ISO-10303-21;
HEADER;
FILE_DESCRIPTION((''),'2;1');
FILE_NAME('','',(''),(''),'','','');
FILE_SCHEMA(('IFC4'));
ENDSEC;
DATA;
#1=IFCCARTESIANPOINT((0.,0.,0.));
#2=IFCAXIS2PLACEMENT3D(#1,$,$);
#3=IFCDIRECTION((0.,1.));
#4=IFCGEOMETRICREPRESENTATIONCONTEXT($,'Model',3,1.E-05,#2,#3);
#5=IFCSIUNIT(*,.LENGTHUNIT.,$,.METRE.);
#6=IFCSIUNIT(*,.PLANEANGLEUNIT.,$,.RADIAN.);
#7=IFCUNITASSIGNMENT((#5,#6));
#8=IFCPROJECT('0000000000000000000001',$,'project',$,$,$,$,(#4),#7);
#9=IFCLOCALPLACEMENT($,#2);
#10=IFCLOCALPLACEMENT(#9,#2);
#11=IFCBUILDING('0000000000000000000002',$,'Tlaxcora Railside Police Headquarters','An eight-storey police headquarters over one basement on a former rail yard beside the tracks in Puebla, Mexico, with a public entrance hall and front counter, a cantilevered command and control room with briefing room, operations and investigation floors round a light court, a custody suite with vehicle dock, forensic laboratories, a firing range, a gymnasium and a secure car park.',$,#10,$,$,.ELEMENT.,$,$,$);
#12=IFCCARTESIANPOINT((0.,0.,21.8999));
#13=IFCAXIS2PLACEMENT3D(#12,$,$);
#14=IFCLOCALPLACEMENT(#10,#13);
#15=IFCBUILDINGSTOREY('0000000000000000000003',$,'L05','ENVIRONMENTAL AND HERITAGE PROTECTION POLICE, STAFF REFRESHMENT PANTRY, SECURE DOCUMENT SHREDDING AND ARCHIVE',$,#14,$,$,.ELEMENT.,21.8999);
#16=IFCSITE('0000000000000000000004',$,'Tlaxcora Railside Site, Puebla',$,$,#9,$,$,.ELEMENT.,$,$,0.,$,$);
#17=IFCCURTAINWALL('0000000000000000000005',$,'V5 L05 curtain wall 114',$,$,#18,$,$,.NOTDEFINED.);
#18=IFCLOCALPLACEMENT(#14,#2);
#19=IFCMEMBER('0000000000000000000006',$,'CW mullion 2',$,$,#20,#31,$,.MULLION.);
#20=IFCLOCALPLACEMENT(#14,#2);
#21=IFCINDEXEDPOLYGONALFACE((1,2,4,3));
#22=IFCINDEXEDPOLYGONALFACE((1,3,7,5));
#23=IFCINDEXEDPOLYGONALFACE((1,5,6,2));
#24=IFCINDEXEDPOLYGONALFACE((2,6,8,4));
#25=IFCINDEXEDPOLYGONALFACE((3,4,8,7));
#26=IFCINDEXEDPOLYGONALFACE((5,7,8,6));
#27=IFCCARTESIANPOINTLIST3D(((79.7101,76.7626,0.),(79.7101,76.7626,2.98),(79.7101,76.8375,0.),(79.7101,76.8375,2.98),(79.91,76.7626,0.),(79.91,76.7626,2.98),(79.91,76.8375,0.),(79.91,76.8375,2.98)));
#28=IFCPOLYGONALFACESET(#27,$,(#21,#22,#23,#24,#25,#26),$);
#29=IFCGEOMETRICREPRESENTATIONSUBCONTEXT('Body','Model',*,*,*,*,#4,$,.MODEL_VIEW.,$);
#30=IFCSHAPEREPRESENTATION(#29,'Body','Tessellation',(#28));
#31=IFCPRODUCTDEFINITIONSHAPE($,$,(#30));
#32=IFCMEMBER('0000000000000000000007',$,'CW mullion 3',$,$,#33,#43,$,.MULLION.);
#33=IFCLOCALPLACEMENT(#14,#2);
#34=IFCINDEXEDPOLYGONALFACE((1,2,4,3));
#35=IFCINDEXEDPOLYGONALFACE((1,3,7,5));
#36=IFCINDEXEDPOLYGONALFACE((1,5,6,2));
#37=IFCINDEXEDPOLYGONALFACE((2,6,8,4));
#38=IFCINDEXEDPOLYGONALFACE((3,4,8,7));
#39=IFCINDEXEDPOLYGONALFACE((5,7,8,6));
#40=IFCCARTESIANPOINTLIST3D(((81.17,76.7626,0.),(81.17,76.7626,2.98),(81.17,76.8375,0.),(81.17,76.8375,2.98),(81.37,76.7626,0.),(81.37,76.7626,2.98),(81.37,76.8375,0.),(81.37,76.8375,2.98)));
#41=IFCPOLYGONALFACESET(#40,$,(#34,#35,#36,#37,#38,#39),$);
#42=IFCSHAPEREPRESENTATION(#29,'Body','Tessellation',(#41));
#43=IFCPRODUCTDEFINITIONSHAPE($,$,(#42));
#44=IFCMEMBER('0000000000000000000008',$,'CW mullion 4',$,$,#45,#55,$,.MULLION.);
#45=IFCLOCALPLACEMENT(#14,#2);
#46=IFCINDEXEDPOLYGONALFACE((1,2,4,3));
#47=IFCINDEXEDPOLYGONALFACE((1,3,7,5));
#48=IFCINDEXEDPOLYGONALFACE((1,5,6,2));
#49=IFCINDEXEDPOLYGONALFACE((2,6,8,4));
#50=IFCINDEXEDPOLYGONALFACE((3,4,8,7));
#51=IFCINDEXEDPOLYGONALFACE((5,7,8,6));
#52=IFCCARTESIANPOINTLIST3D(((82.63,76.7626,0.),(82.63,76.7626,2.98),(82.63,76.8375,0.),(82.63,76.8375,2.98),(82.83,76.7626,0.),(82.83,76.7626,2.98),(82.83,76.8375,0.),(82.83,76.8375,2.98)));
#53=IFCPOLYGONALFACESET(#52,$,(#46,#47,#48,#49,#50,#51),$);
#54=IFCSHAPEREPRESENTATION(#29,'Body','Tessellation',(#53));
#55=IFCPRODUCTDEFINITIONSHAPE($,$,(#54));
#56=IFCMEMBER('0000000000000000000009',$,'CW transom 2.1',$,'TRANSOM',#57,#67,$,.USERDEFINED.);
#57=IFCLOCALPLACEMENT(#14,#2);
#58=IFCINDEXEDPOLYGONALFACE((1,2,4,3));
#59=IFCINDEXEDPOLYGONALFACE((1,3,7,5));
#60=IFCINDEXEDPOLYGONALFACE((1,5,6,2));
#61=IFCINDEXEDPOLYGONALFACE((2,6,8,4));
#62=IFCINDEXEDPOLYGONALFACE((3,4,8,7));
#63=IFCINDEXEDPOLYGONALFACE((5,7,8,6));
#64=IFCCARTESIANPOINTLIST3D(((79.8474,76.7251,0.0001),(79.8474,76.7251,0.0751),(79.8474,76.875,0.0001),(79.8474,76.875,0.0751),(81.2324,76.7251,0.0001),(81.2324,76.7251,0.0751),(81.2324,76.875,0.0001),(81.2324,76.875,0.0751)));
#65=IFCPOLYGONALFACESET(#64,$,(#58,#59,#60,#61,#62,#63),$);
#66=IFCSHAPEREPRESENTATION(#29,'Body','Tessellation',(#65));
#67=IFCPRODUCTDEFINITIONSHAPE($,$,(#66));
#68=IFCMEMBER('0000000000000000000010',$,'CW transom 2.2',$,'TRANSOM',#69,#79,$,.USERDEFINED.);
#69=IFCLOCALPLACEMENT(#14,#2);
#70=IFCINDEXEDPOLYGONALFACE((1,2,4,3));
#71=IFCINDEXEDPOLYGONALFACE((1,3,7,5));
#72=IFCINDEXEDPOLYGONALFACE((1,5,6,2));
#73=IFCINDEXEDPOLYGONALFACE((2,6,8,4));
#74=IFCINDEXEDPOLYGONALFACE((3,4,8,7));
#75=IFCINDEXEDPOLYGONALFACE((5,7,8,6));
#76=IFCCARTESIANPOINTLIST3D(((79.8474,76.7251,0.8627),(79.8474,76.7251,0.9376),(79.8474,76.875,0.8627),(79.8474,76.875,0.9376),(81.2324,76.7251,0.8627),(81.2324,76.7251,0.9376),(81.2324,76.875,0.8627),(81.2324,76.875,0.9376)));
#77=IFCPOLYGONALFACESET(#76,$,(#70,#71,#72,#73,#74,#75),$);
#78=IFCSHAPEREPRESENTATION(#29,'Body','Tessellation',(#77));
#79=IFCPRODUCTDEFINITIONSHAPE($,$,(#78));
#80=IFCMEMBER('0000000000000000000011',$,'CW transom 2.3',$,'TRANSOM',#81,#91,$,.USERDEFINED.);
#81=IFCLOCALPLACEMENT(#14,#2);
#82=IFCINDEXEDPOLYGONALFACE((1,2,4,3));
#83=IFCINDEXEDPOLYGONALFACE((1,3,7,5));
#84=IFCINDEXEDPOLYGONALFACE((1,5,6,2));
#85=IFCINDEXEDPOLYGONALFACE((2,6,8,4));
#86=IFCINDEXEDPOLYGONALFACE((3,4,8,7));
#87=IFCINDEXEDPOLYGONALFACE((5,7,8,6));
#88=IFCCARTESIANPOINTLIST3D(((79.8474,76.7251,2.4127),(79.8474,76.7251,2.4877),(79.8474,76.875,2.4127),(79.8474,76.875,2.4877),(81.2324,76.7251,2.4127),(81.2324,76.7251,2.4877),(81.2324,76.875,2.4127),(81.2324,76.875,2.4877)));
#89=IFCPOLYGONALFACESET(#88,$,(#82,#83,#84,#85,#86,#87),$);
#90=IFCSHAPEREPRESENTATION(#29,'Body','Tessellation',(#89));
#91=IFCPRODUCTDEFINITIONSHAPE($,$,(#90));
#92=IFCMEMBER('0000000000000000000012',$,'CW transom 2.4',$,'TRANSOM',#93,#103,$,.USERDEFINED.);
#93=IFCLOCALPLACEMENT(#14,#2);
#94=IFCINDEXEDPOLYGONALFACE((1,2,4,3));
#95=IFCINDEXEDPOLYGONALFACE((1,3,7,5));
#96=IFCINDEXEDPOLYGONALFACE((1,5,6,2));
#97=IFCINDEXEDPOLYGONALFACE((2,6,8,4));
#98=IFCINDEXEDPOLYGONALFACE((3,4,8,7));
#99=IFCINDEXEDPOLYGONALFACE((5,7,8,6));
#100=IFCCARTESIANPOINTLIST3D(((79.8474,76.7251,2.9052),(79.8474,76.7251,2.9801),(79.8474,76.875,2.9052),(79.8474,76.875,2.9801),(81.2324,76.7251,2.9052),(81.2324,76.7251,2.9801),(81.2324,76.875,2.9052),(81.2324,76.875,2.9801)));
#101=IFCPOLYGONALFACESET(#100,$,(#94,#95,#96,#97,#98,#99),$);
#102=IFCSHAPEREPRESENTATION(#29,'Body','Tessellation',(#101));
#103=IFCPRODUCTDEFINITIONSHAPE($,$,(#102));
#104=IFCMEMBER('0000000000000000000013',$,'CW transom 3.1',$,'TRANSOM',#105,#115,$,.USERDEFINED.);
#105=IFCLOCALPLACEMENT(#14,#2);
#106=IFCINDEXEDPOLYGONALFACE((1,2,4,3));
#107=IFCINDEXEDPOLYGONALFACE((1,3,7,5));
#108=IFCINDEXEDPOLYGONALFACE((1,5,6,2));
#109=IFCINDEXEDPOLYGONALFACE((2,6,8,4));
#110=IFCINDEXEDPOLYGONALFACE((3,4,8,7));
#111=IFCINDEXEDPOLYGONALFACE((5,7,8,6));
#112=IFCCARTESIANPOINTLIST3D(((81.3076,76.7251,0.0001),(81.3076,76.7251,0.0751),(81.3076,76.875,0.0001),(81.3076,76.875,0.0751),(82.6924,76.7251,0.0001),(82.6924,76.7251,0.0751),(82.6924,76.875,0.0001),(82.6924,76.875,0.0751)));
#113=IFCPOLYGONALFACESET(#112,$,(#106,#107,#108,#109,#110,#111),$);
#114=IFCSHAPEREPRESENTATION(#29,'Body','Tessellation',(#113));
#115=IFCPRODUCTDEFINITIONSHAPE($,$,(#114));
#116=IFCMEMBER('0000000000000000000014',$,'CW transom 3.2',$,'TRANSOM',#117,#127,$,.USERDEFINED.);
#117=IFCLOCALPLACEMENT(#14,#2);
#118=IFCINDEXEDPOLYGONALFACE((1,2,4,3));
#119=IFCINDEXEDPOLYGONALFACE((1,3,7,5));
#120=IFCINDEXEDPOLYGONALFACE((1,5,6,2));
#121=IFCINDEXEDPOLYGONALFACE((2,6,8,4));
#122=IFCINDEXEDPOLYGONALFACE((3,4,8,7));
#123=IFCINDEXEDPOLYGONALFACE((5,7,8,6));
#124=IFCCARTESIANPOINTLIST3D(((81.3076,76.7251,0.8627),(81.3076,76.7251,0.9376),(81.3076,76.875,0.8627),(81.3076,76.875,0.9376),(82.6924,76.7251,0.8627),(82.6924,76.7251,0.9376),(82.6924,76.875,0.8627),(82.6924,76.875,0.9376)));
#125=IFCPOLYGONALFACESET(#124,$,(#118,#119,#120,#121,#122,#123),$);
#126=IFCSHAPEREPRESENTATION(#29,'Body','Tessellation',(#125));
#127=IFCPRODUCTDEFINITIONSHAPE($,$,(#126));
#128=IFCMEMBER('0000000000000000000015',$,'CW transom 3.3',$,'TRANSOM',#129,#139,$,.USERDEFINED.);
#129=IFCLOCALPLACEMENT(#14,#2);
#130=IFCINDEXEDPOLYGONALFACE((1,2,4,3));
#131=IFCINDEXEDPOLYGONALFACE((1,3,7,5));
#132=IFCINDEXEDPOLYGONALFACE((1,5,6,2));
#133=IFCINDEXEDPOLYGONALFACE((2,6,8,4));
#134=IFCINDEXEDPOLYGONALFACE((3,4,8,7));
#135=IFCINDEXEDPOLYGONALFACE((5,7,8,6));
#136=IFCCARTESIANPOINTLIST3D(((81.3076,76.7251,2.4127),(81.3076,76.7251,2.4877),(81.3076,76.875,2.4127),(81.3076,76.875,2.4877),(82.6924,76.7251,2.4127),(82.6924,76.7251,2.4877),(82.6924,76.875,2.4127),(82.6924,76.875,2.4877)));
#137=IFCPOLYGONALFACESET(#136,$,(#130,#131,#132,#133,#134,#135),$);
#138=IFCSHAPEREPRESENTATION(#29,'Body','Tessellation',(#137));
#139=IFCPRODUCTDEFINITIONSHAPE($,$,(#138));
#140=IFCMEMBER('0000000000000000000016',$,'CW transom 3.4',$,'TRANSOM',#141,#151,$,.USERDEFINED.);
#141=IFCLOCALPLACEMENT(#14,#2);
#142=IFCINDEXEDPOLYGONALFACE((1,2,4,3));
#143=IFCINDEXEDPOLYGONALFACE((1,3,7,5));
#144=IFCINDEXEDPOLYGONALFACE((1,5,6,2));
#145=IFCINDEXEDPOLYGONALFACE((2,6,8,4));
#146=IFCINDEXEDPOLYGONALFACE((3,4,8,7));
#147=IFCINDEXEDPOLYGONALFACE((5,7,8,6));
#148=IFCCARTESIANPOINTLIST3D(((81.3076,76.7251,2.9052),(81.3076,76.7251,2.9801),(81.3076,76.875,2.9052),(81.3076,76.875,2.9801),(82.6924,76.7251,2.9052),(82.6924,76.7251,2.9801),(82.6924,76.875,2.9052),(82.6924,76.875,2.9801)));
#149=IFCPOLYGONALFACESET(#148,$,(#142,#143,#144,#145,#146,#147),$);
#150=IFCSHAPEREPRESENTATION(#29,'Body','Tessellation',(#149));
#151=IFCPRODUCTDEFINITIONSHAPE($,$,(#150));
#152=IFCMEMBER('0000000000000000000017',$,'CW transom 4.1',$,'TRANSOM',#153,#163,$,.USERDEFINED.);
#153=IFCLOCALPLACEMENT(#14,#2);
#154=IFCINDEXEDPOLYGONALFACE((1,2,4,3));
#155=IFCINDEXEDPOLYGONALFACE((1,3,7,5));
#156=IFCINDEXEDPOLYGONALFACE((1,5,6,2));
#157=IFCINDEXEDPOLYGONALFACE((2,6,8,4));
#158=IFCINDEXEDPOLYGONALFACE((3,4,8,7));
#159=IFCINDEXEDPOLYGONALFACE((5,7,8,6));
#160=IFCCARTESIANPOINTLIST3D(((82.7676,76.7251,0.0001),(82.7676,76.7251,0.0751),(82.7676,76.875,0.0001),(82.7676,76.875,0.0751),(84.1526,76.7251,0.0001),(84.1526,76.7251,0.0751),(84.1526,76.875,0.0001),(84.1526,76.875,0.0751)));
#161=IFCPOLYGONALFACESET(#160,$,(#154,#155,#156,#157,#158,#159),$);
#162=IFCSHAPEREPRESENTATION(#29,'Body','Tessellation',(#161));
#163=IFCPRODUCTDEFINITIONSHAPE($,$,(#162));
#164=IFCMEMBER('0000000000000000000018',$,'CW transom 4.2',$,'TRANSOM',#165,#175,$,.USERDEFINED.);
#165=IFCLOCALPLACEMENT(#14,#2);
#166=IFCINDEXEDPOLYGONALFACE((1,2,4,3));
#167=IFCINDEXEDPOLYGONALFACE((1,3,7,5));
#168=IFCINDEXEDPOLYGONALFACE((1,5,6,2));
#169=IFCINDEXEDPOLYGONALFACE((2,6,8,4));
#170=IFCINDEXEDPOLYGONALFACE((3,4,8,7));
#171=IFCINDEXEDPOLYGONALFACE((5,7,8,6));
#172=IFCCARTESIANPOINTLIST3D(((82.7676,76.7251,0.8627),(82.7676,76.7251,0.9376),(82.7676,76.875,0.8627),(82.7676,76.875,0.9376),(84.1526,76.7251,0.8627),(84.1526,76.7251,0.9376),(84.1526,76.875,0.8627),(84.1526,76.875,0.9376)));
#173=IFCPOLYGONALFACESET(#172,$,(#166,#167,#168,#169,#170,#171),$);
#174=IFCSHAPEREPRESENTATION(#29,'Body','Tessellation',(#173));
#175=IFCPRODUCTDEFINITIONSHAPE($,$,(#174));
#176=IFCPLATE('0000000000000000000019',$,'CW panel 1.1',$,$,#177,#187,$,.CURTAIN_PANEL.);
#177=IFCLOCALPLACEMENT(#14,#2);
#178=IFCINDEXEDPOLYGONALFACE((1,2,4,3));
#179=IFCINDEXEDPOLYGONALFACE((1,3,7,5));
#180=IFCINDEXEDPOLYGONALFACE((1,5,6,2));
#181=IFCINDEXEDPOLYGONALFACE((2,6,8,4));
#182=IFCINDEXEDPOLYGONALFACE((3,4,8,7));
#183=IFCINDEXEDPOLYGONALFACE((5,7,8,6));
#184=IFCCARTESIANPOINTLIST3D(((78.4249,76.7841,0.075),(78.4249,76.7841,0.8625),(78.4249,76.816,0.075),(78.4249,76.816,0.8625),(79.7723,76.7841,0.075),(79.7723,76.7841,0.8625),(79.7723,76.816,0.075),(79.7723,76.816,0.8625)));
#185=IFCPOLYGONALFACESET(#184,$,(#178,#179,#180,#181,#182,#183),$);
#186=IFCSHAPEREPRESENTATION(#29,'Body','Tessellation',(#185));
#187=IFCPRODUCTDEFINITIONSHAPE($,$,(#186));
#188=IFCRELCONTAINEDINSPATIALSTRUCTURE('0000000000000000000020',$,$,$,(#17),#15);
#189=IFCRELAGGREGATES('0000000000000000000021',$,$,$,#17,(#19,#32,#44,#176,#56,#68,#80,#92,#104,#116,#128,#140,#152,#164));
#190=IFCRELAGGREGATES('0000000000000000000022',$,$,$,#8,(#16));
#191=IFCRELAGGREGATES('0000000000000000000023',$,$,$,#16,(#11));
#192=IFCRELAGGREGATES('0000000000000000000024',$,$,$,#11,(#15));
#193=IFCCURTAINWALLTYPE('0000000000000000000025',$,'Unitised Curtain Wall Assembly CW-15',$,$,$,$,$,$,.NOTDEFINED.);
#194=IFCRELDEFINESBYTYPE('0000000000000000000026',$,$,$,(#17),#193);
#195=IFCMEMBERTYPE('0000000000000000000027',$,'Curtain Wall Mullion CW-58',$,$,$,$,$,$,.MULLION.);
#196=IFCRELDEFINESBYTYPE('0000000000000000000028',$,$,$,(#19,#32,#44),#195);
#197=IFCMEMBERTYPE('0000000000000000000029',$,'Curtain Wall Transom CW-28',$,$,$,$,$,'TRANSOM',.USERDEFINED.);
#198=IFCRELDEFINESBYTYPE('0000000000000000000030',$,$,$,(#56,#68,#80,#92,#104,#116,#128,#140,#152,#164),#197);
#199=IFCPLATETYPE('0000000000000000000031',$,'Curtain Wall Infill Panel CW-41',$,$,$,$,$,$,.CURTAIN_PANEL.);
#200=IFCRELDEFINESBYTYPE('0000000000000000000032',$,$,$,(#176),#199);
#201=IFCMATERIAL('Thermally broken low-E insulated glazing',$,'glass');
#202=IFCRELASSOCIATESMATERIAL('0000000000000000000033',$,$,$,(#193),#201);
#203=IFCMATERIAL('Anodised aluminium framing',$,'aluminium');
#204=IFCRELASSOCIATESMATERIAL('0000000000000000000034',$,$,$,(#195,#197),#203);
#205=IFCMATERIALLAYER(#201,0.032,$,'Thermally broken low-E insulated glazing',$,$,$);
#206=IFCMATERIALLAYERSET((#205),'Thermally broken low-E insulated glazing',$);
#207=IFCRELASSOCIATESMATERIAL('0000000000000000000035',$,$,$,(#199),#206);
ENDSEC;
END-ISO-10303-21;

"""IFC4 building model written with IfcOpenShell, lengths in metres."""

from ifc_helpers import new_model, si_unit, direction, frame, origin, origin_2d, place, context, subcontext, project, spatial, rectangle, extrude, material, layer, layer_set, material_profile, profile_set, type_object, element, aggregate, save


model = new_model("IFC4")

# Units and contexts
model_context = context("Model", 3, precision=1e-05, world=origin(), true_north=direction((0.0, 1.0)))
body_context = subcontext(model_context, "Body", "Model", "MODEL_VIEW")
ifc_project = project(units=[si_unit("LENGTHUNIT", "METRE"), si_unit("PLANEANGLEUNIT", "RADIAN")], contexts=[model_context])

# Site, building, storey
site_placement = place(None, origin())
site = spatial("IfcSite", under=ifc_project, at=site_placement, Name="Tlaxcora Railside Site, Puebla", CompositionType="ELEMENT", RefElevation=0.0)
building_placement = place(site_placement, origin())
building = spatial("IfcBuilding", under=site, at=building_placement, Name="Tlaxcora Railside Police Headquarters", Description="An eight-storey police headquarters over one basement on a former rail yard beside the tracks in Puebla, Mexico, with a public entrance hall and front counter, a cantilevered command and control room with briefing room, operations and investigation floors round a light court, a custody suite with vehicle dock, forensic laboratories, a firing range, a gymnasium and a secure car park.", CompositionType="ELEMENT")
storey_placement = place(building_placement, frame((0.0, 0.0, 21.8999)))
storey = spatial("IfcBuildingStorey", under=building, at=storey_placement, Name="L05", Description="ENVIRONMENTAL AND HERITAGE PROTECTION POLICE, STAFF REFRESHMENT PANTRY, SECURE DOCUMENT SHREDDING AND ARCHIVE", CompositionType="ELEMENT", Elevation=21.8999)

# Curtain wall, members, plate
ifc_material_1 = material(Name="Thermally broken low-E insulated glazing", Category="glass")
curtain_wall_type = type_object("IfcCurtainWallType", Name="Unitised Curtain Wall Assembly CW-15", PredefinedType="NOTDEFINED", material=ifc_material_1)
curtain_wall_placement = place(storey_placement, origin())
curtain_wall = element("IfcCurtainWall", 1, at=curtain_wall_placement, inside=storey, type_object=curtain_wall_type, Name="V5 L05 curtain wall 114", PredefinedType="NOTDEFINED")
ifc_material_2 = material(Name="Anodised aluminium framing", Category="aluminium")
ifc_material_profile_1 = material_profile(ifc_material_2, rectangle(XDim=0.075, YDim=0.2, at=origin_2d()), Name="AL75X200")
ifc_profile_set_1 = profile_set([ifc_material_profile_1], Name="Anodised aluminium framing")
member_type_1 = type_object("IfcMemberType", Name="Curtain Wall Mullion CW-58", PredefinedType="MULLION", material=ifc_profile_set_1)
member_1_placement = place(storey_placement, frame((79.8101, 76.8, 0.0), z_axis=(0.0, 0.0, 1.0), x_axis=(0.0, 1.0, 0.0)))
member_1 = element("IfcMember", 2, at=member_1_placement, type_object=member_type_1, Name="CW mullion 2", PredefinedType="MULLION", context=body_context, shape_type="SweptSolid", body=[
    extrude(rectangle(XDim=0.075, YDim=0.2, at=origin_2d()), origin(), (0.0, 0.0, 1.0), 2.98),
])
member_2_placement = place(storey_placement, frame((81.27, 76.8, 0.0), z_axis=(0.0, 0.0, 1.0), x_axis=(0.0, 1.0, 0.0)))
member_2 = element("IfcMember", 3, at=member_2_placement, type_object=member_type_1, Name="CW mullion 3", PredefinedType="MULLION", context=body_context, shape_type="SweptSolid", body=[
    extrude(rectangle(XDim=0.075, YDim=0.2, at=origin_2d()), origin(), (0.0, 0.0, 1.0), 2.98),
])
member_3_placement = place(storey_placement, frame((82.73, 76.8, 0.0), z_axis=(0.0, 0.0, 1.0), x_axis=(0.0, 1.0, 0.0)))
member_3 = element("IfcMember", 4, at=member_3_placement, type_object=member_type_1, Name="CW mullion 4", PredefinedType="MULLION", context=body_context, shape_type="SweptSolid", body=[
    extrude(rectangle(XDim=0.075, YDim=0.2, at=origin_2d()), origin(), (0.0, 0.0, 1.0), 2.98),
])
ifc_material_profile_2 = material_profile(ifc_material_2, rectangle(XDim=0.1499, YDim=0.075, at=origin_2d()), Name="AL75X150")
ifc_profile_set_2 = profile_set([ifc_material_profile_2], Name="Anodised aluminium framing")
member_type_2 = type_object("IfcMemberType", Name="Curtain Wall Transom CW-28", ElementType="TRANSOM", PredefinedType="USERDEFINED", material=ifc_profile_set_2)
member_4_placement = place(storey_placement, frame((79.8474, 76.8, 0.0376), z_axis=(1.0, 0.0, 0.0), x_axis=(0.0, 1.0, 0.0)))
member_4 = element("IfcMember", 5, at=member_4_placement, type_object=member_type_2, Name="CW transom 2.1", ObjectType="TRANSOM", PredefinedType="USERDEFINED", context=body_context, shape_type="SweptSolid", body=[
    extrude(rectangle(XDim=0.1499, YDim=0.075, at=origin_2d()), origin(), (0.0, 0.0, 1.0), 1.385),
])
member_5_placement = place(storey_placement, frame((79.8474, 76.8, 0.9001), z_axis=(1.0, 0.0, 0.0), x_axis=(0.0, 1.0, 0.0)))
member_5 = element("IfcMember", 6, at=member_5_placement, type_object=member_type_2, Name="CW transom 2.2", ObjectType="TRANSOM", PredefinedType="USERDEFINED", context=body_context, shape_type="SweptSolid", body=[
    extrude(rectangle(XDim=0.1499, YDim=0.075, at=origin_2d()), origin(), (0.0, 0.0, 1.0), 1.385),
])
member_6_placement = place(storey_placement, frame((79.8474, 76.8, 2.4502), z_axis=(1.0, 0.0, 0.0), x_axis=(0.0, 1.0, 0.0)))
member_6 = element("IfcMember", 7, at=member_6_placement, type_object=member_type_2, Name="CW transom 2.3", ObjectType="TRANSOM", PredefinedType="USERDEFINED", context=body_context, shape_type="SweptSolid", body=[
    extrude(rectangle(XDim=0.1499, YDim=0.075, at=origin_2d()), origin(), (0.0, 0.0, 1.0), 1.385),
])
member_7_placement = place(storey_placement, frame((79.8474, 76.8, 2.9426), z_axis=(1.0, 0.0, 0.0), x_axis=(0.0, 1.0, 0.0)))
member_7 = element("IfcMember", 8, at=member_7_placement, type_object=member_type_2, Name="CW transom 2.4", ObjectType="TRANSOM", PredefinedType="USERDEFINED", context=body_context, shape_type="SweptSolid", body=[
    extrude(rectangle(XDim=0.1499, YDim=0.075, at=origin_2d()), origin(), (0.0, 0.0, 1.0), 1.385),
])
member_8_placement = place(storey_placement, frame((81.3076, 76.8, 0.0376), z_axis=(1.0, 0.0, 0.0), x_axis=(0.0, 1.0, 0.0)))
member_8 = element("IfcMember", 9, at=member_8_placement, type_object=member_type_2, Name="CW transom 3.1", ObjectType="TRANSOM", PredefinedType="USERDEFINED", context=body_context, shape_type="SweptSolid", body=[
    extrude(rectangle(XDim=0.1499, YDim=0.075, at=origin_2d()), origin(), (0.0, 0.0, 1.0), 1.3848),
])
member_9_placement = place(storey_placement, frame((81.3076, 76.8, 0.9001), z_axis=(1.0, 0.0, 0.0), x_axis=(0.0, 1.0, 0.0)))
member_9 = element("IfcMember", 10, at=member_9_placement, type_object=member_type_2, Name="CW transom 3.2", ObjectType="TRANSOM", PredefinedType="USERDEFINED", context=body_context, shape_type="SweptSolid", body=[
    extrude(rectangle(XDim=0.1499, YDim=0.075, at=origin_2d()), origin(), (0.0, 0.0, 1.0), 1.3848),
])
member_10_placement = place(storey_placement, frame((81.3076, 76.8, 2.4502), z_axis=(1.0, 0.0, 0.0), x_axis=(0.0, 1.0, 0.0)))
member_10 = element("IfcMember", 11, at=member_10_placement, type_object=member_type_2, Name="CW transom 3.3", ObjectType="TRANSOM", PredefinedType="USERDEFINED", context=body_context, shape_type="SweptSolid", body=[
    extrude(rectangle(XDim=0.1499, YDim=0.075, at=origin_2d()), origin(), (0.0, 0.0, 1.0), 1.3848),
])
member_11_placement = place(storey_placement, frame((81.3076, 76.8, 2.9426), z_axis=(1.0, 0.0, 0.0), x_axis=(0.0, 1.0, 0.0)))
member_11 = element("IfcMember", 12, at=member_11_placement, type_object=member_type_2, Name="CW transom 3.4", ObjectType="TRANSOM", PredefinedType="USERDEFINED", context=body_context, shape_type="SweptSolid", body=[
    extrude(rectangle(XDim=0.1499, YDim=0.075, at=origin_2d()), origin(), (0.0, 0.0, 1.0), 1.3848),
])
member_12_placement = place(storey_placement, frame((82.7676, 76.8, 0.0376), z_axis=(1.0, 0.0, 0.0), x_axis=(0.0, 1.0, 0.0)))
member_12 = element("IfcMember", 13, at=member_12_placement, type_object=member_type_2, Name="CW transom 4.1", ObjectType="TRANSOM", PredefinedType="USERDEFINED", context=body_context, shape_type="SweptSolid", body=[
    extrude(rectangle(XDim=0.1499, YDim=0.075, at=origin_2d()), origin(), (0.0, 0.0, 1.0), 1.385),
])
member_13_placement = place(storey_placement, frame((82.7676, 76.8, 0.9001), z_axis=(1.0, 0.0, 0.0), x_axis=(0.0, 1.0, 0.0)))
member_13 = element("IfcMember", 14, at=member_13_placement, type_object=member_type_2, Name="CW transom 4.2", ObjectType="TRANSOM", PredefinedType="USERDEFINED", context=body_context, shape_type="SweptSolid", body=[
    extrude(rectangle(XDim=0.1499, YDim=0.075, at=origin_2d()), origin(), (0.0, 0.0, 1.0), 1.385),
])
ifc_layer_1 = layer(ifc_material_1, 0.032, Name="Thermally broken low-E insulated glazing")
ifc_layer_set_1 = layer_set([ifc_layer_1], Name="Thermally broken low-E insulated glazing")
plate_type = type_object("IfcPlateType", Name="Curtain Wall Infill Panel CW-41", PredefinedType="CURTAIN_PANEL", material=ifc_layer_set_1)
plate_1_placement = place(storey_placement, frame((79.0986, 76.8, 0.075), z_axis=(0.0, 0.0, 1.0), x_axis=(1.0, 0.0, 0.0)))
plate_1 = element("IfcPlate", 15, at=plate_1_placement, type_object=plate_type, Name="CW panel 1.1", PredefinedType="CURTAIN_PANEL", context=body_context, shape_type="SweptSolid", body=[
    extrude(rectangle(XDim=1.3474, YDim=0.032, at=origin_2d()), origin(), (0.0, 0.0, 1.0), 0.7876),
])
aggregate(curtain_wall, [member_1, member_2, member_3, plate_1, member_4, member_5, member_6, member_7, member_8, member_9, member_10, member_11, member_12, member_13])

save(model, "model.ifc")
